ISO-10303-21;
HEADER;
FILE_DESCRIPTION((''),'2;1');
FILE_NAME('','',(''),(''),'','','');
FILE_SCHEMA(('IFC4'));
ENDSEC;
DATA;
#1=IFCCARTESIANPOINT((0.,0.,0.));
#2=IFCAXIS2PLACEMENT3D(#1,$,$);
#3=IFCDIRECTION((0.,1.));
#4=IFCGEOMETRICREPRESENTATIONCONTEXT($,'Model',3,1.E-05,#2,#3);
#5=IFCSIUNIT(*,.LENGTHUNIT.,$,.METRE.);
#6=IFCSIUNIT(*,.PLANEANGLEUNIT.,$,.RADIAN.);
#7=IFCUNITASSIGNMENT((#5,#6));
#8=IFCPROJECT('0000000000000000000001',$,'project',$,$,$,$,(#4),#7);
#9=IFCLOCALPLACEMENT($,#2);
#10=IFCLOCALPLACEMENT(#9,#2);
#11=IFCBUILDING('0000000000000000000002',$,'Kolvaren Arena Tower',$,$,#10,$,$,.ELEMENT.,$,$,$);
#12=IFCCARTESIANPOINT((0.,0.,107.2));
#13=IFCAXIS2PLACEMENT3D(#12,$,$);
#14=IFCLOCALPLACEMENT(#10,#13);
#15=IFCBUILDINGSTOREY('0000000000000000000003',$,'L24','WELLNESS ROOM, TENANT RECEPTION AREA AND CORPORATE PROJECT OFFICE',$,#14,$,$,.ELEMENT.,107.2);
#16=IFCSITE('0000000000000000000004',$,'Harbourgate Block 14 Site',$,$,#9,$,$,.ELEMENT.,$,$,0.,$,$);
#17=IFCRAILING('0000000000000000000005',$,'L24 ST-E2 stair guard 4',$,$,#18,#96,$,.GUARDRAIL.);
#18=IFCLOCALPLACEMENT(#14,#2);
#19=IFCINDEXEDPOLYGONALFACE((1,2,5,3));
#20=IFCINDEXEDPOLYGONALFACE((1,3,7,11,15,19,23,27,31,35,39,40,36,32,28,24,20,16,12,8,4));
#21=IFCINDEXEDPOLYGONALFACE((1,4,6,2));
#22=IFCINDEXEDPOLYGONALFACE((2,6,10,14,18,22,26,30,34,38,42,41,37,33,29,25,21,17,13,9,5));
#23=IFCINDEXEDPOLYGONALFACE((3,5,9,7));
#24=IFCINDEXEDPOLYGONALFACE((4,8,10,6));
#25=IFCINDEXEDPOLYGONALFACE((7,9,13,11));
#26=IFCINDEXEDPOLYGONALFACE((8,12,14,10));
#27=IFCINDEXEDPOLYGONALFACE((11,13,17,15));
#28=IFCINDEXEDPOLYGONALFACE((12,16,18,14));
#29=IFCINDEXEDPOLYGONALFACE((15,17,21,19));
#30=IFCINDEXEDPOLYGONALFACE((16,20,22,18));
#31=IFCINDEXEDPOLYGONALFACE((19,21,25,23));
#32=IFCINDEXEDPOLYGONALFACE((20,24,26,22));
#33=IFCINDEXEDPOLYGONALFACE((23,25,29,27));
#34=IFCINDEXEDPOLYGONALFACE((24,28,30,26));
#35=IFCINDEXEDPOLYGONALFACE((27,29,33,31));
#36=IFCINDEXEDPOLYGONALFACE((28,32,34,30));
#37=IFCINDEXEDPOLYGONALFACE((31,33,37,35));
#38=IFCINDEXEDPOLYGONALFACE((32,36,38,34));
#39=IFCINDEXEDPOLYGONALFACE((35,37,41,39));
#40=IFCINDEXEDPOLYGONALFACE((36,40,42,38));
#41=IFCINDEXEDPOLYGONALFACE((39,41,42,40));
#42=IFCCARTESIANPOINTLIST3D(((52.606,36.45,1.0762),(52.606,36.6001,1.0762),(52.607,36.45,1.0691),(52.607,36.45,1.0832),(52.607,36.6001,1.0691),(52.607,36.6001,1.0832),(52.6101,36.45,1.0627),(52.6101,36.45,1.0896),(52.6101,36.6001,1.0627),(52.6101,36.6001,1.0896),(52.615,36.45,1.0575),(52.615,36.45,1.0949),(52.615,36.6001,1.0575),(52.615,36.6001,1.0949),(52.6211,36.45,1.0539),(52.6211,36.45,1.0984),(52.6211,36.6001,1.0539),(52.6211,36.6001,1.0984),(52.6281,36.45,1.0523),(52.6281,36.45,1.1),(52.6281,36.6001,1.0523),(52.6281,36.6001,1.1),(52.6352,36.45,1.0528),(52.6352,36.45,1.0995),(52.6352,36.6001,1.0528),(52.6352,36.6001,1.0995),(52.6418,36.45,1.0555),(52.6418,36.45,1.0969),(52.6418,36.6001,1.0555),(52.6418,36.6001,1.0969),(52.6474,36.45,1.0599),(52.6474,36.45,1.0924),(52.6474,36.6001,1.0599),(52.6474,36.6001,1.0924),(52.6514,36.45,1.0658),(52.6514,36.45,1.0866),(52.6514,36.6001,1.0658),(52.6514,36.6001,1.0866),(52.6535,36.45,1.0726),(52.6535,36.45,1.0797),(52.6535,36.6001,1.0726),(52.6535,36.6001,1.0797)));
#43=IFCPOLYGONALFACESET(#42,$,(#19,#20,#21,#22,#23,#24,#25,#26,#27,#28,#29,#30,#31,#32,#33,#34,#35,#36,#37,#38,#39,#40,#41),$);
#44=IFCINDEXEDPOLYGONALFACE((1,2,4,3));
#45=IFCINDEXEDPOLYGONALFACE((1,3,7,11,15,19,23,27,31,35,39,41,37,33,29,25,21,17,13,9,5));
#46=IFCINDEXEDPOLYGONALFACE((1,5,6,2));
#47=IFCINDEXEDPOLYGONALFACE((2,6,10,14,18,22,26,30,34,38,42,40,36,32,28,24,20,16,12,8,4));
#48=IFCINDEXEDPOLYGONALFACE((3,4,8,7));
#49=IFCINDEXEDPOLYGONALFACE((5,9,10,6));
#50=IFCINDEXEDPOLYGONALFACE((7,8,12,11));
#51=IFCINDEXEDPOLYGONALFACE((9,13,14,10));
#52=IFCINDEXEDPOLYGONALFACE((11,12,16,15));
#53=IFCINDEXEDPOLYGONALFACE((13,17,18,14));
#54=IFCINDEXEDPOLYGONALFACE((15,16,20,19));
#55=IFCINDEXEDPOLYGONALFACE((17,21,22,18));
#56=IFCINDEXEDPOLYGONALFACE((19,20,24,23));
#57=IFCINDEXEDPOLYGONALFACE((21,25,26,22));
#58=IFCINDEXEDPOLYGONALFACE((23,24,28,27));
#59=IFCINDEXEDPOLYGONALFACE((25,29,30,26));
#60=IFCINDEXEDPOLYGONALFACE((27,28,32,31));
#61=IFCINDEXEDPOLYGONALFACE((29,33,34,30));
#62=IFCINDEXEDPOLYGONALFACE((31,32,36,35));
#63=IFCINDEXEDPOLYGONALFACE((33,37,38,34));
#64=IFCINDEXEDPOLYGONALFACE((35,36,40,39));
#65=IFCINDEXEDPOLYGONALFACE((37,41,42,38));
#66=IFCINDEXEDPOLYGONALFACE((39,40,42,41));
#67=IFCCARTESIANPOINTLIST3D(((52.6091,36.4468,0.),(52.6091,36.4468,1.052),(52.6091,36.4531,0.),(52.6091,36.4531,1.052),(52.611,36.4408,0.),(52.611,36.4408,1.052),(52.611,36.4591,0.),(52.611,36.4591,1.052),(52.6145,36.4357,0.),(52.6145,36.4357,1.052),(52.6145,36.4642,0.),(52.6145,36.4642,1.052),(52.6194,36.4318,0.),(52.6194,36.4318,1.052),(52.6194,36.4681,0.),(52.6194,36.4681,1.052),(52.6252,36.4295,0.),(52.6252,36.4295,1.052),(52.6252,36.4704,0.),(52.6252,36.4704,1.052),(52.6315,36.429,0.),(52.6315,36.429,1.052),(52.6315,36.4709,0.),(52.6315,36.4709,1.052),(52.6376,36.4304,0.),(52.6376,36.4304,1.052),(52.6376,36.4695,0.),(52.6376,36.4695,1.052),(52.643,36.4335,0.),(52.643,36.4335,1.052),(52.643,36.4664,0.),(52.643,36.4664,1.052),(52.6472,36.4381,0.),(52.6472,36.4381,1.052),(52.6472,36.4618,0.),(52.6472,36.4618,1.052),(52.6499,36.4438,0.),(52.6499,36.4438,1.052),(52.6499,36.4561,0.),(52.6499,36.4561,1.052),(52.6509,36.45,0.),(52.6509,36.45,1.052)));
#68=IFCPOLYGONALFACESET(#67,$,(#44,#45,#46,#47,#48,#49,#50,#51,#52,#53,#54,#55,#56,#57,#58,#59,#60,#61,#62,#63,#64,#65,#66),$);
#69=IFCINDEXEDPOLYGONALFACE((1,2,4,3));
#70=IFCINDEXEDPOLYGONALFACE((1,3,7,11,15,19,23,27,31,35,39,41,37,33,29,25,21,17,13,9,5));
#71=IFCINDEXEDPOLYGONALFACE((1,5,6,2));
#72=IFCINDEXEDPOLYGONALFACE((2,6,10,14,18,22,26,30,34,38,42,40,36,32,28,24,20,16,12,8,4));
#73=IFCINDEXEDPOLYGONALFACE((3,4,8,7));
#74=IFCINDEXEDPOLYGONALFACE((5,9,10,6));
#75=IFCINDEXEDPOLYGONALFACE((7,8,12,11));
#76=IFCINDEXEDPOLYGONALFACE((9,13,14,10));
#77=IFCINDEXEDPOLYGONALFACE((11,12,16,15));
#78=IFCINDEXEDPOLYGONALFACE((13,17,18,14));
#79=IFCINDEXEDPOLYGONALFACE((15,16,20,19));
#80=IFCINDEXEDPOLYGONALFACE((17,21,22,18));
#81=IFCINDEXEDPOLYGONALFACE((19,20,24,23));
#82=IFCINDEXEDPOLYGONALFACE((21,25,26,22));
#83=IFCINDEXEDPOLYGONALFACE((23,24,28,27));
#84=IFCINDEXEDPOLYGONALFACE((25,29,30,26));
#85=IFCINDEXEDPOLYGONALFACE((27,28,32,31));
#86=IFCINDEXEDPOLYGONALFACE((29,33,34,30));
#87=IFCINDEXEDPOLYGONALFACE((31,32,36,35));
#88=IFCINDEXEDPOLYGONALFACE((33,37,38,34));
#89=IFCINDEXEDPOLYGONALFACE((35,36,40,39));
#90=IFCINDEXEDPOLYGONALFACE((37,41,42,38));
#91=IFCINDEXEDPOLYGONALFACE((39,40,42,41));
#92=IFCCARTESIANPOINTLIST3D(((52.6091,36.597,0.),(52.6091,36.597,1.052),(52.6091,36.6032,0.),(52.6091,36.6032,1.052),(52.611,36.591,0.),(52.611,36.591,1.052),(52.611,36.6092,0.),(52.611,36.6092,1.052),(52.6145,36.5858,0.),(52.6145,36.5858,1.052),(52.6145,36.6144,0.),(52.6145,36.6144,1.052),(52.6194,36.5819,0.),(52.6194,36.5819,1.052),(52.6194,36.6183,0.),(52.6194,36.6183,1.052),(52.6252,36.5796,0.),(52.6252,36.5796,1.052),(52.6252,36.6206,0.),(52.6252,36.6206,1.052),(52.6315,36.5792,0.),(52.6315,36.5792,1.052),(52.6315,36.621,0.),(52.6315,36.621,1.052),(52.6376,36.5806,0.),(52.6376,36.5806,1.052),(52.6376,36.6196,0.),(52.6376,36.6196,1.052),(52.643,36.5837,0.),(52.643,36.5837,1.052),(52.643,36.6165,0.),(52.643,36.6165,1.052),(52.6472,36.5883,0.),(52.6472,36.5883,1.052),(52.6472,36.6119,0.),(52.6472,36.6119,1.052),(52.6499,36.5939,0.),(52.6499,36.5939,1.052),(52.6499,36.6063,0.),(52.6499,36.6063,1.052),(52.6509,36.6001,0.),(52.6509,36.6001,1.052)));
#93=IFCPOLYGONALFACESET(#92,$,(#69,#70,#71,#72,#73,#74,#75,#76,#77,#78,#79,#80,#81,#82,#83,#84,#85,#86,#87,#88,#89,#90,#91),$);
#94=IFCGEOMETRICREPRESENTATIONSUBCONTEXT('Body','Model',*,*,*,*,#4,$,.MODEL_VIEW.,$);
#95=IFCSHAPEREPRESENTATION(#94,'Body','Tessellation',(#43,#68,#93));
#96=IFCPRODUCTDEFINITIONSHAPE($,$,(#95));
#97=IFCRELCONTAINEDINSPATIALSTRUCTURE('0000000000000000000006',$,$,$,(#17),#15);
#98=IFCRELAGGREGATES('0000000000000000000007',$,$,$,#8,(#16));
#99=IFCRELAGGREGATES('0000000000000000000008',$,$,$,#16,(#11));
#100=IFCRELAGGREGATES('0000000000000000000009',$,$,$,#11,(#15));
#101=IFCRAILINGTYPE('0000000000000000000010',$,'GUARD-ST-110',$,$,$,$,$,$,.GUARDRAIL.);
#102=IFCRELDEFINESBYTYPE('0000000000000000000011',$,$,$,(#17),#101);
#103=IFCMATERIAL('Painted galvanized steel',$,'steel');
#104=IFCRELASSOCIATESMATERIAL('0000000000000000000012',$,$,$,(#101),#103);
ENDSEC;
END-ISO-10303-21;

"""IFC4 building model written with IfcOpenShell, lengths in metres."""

from ifc_helpers import new_model, si_unit, direction, frame, origin, origin_2d, place, context, subcontext, project, spatial, circle, extrude, material, type_object, element, save


model = new_model("IFC4")

# Units and contexts
model_context = context("Model", 3, precision=1e-05, world=origin(), true_north=direction((0.0, 1.0)))
body_context = subcontext(model_context, "Body", "Model", "MODEL_VIEW")
ifc_project = project(units=[si_unit("LENGTHUNIT", "METRE"), si_unit("PLANEANGLEUNIT", "RADIAN")], contexts=[model_context])

# Site, building, storey
site_placement = place(None, origin())
site = spatial("IfcSite", under=ifc_project, at=site_placement, Name="Harbourgate Block 14 Site", CompositionType="ELEMENT", RefElevation=0.0)
building_placement = place(site_placement, origin())
building = spatial("IfcBuilding", under=site, at=building_placement, Name="Kolvaren Arena Tower", CompositionType="ELEMENT")
storey_placement = place(building_placement, frame((0.0, 0.0, 107.2)))
storey = spatial("IfcBuildingStorey", under=building, at=storey_placement, Name="L24", Description="WELLNESS ROOM, TENANT RECEPTION AREA AND CORPORATE PROJECT OFFICE", CompositionType="ELEMENT", Elevation=107.2)

# Railing
ifc_material_1 = material(Name="Painted galvanized steel", Category="steel")
railing_type_1 = type_object("IfcRailingType", Name="GUARD-ST-110", PredefinedType="GUARDRAIL", material=ifc_material_1)
railing_1_placement = place(storey_placement, frame((52.6299, 36.45, 0.0)))
element("IfcRailing", 1, at=railing_1_placement, inside=storey, type_object=railing_type_1, Name="L24 ST-E2 stair guard 4", PredefinedType="GUARDRAIL", context=body_context, shape_type="SweptSolid", body=[
    extrude(circle(Radius=0.0239, at=origin_2d()), frame((0.0, 0.0, 1.0762), z_axis=(0.0, 1.0, 0.0), x_axis=(-1.0, 0.0, 0.0)), (0.0, 0.0, 1.0), 0.1501),
    extrude(circle(Radius=0.021, at=origin_2d()), origin(), (0.0, 0.0, 1.0), 1.052),
    extrude(circle(Radius=0.021, at=origin_2d()), frame((0.0, 0.1501, 0.0)), (0.0, 0.0, 1.0), 1.052),
])

save(model, "model.ifc")
